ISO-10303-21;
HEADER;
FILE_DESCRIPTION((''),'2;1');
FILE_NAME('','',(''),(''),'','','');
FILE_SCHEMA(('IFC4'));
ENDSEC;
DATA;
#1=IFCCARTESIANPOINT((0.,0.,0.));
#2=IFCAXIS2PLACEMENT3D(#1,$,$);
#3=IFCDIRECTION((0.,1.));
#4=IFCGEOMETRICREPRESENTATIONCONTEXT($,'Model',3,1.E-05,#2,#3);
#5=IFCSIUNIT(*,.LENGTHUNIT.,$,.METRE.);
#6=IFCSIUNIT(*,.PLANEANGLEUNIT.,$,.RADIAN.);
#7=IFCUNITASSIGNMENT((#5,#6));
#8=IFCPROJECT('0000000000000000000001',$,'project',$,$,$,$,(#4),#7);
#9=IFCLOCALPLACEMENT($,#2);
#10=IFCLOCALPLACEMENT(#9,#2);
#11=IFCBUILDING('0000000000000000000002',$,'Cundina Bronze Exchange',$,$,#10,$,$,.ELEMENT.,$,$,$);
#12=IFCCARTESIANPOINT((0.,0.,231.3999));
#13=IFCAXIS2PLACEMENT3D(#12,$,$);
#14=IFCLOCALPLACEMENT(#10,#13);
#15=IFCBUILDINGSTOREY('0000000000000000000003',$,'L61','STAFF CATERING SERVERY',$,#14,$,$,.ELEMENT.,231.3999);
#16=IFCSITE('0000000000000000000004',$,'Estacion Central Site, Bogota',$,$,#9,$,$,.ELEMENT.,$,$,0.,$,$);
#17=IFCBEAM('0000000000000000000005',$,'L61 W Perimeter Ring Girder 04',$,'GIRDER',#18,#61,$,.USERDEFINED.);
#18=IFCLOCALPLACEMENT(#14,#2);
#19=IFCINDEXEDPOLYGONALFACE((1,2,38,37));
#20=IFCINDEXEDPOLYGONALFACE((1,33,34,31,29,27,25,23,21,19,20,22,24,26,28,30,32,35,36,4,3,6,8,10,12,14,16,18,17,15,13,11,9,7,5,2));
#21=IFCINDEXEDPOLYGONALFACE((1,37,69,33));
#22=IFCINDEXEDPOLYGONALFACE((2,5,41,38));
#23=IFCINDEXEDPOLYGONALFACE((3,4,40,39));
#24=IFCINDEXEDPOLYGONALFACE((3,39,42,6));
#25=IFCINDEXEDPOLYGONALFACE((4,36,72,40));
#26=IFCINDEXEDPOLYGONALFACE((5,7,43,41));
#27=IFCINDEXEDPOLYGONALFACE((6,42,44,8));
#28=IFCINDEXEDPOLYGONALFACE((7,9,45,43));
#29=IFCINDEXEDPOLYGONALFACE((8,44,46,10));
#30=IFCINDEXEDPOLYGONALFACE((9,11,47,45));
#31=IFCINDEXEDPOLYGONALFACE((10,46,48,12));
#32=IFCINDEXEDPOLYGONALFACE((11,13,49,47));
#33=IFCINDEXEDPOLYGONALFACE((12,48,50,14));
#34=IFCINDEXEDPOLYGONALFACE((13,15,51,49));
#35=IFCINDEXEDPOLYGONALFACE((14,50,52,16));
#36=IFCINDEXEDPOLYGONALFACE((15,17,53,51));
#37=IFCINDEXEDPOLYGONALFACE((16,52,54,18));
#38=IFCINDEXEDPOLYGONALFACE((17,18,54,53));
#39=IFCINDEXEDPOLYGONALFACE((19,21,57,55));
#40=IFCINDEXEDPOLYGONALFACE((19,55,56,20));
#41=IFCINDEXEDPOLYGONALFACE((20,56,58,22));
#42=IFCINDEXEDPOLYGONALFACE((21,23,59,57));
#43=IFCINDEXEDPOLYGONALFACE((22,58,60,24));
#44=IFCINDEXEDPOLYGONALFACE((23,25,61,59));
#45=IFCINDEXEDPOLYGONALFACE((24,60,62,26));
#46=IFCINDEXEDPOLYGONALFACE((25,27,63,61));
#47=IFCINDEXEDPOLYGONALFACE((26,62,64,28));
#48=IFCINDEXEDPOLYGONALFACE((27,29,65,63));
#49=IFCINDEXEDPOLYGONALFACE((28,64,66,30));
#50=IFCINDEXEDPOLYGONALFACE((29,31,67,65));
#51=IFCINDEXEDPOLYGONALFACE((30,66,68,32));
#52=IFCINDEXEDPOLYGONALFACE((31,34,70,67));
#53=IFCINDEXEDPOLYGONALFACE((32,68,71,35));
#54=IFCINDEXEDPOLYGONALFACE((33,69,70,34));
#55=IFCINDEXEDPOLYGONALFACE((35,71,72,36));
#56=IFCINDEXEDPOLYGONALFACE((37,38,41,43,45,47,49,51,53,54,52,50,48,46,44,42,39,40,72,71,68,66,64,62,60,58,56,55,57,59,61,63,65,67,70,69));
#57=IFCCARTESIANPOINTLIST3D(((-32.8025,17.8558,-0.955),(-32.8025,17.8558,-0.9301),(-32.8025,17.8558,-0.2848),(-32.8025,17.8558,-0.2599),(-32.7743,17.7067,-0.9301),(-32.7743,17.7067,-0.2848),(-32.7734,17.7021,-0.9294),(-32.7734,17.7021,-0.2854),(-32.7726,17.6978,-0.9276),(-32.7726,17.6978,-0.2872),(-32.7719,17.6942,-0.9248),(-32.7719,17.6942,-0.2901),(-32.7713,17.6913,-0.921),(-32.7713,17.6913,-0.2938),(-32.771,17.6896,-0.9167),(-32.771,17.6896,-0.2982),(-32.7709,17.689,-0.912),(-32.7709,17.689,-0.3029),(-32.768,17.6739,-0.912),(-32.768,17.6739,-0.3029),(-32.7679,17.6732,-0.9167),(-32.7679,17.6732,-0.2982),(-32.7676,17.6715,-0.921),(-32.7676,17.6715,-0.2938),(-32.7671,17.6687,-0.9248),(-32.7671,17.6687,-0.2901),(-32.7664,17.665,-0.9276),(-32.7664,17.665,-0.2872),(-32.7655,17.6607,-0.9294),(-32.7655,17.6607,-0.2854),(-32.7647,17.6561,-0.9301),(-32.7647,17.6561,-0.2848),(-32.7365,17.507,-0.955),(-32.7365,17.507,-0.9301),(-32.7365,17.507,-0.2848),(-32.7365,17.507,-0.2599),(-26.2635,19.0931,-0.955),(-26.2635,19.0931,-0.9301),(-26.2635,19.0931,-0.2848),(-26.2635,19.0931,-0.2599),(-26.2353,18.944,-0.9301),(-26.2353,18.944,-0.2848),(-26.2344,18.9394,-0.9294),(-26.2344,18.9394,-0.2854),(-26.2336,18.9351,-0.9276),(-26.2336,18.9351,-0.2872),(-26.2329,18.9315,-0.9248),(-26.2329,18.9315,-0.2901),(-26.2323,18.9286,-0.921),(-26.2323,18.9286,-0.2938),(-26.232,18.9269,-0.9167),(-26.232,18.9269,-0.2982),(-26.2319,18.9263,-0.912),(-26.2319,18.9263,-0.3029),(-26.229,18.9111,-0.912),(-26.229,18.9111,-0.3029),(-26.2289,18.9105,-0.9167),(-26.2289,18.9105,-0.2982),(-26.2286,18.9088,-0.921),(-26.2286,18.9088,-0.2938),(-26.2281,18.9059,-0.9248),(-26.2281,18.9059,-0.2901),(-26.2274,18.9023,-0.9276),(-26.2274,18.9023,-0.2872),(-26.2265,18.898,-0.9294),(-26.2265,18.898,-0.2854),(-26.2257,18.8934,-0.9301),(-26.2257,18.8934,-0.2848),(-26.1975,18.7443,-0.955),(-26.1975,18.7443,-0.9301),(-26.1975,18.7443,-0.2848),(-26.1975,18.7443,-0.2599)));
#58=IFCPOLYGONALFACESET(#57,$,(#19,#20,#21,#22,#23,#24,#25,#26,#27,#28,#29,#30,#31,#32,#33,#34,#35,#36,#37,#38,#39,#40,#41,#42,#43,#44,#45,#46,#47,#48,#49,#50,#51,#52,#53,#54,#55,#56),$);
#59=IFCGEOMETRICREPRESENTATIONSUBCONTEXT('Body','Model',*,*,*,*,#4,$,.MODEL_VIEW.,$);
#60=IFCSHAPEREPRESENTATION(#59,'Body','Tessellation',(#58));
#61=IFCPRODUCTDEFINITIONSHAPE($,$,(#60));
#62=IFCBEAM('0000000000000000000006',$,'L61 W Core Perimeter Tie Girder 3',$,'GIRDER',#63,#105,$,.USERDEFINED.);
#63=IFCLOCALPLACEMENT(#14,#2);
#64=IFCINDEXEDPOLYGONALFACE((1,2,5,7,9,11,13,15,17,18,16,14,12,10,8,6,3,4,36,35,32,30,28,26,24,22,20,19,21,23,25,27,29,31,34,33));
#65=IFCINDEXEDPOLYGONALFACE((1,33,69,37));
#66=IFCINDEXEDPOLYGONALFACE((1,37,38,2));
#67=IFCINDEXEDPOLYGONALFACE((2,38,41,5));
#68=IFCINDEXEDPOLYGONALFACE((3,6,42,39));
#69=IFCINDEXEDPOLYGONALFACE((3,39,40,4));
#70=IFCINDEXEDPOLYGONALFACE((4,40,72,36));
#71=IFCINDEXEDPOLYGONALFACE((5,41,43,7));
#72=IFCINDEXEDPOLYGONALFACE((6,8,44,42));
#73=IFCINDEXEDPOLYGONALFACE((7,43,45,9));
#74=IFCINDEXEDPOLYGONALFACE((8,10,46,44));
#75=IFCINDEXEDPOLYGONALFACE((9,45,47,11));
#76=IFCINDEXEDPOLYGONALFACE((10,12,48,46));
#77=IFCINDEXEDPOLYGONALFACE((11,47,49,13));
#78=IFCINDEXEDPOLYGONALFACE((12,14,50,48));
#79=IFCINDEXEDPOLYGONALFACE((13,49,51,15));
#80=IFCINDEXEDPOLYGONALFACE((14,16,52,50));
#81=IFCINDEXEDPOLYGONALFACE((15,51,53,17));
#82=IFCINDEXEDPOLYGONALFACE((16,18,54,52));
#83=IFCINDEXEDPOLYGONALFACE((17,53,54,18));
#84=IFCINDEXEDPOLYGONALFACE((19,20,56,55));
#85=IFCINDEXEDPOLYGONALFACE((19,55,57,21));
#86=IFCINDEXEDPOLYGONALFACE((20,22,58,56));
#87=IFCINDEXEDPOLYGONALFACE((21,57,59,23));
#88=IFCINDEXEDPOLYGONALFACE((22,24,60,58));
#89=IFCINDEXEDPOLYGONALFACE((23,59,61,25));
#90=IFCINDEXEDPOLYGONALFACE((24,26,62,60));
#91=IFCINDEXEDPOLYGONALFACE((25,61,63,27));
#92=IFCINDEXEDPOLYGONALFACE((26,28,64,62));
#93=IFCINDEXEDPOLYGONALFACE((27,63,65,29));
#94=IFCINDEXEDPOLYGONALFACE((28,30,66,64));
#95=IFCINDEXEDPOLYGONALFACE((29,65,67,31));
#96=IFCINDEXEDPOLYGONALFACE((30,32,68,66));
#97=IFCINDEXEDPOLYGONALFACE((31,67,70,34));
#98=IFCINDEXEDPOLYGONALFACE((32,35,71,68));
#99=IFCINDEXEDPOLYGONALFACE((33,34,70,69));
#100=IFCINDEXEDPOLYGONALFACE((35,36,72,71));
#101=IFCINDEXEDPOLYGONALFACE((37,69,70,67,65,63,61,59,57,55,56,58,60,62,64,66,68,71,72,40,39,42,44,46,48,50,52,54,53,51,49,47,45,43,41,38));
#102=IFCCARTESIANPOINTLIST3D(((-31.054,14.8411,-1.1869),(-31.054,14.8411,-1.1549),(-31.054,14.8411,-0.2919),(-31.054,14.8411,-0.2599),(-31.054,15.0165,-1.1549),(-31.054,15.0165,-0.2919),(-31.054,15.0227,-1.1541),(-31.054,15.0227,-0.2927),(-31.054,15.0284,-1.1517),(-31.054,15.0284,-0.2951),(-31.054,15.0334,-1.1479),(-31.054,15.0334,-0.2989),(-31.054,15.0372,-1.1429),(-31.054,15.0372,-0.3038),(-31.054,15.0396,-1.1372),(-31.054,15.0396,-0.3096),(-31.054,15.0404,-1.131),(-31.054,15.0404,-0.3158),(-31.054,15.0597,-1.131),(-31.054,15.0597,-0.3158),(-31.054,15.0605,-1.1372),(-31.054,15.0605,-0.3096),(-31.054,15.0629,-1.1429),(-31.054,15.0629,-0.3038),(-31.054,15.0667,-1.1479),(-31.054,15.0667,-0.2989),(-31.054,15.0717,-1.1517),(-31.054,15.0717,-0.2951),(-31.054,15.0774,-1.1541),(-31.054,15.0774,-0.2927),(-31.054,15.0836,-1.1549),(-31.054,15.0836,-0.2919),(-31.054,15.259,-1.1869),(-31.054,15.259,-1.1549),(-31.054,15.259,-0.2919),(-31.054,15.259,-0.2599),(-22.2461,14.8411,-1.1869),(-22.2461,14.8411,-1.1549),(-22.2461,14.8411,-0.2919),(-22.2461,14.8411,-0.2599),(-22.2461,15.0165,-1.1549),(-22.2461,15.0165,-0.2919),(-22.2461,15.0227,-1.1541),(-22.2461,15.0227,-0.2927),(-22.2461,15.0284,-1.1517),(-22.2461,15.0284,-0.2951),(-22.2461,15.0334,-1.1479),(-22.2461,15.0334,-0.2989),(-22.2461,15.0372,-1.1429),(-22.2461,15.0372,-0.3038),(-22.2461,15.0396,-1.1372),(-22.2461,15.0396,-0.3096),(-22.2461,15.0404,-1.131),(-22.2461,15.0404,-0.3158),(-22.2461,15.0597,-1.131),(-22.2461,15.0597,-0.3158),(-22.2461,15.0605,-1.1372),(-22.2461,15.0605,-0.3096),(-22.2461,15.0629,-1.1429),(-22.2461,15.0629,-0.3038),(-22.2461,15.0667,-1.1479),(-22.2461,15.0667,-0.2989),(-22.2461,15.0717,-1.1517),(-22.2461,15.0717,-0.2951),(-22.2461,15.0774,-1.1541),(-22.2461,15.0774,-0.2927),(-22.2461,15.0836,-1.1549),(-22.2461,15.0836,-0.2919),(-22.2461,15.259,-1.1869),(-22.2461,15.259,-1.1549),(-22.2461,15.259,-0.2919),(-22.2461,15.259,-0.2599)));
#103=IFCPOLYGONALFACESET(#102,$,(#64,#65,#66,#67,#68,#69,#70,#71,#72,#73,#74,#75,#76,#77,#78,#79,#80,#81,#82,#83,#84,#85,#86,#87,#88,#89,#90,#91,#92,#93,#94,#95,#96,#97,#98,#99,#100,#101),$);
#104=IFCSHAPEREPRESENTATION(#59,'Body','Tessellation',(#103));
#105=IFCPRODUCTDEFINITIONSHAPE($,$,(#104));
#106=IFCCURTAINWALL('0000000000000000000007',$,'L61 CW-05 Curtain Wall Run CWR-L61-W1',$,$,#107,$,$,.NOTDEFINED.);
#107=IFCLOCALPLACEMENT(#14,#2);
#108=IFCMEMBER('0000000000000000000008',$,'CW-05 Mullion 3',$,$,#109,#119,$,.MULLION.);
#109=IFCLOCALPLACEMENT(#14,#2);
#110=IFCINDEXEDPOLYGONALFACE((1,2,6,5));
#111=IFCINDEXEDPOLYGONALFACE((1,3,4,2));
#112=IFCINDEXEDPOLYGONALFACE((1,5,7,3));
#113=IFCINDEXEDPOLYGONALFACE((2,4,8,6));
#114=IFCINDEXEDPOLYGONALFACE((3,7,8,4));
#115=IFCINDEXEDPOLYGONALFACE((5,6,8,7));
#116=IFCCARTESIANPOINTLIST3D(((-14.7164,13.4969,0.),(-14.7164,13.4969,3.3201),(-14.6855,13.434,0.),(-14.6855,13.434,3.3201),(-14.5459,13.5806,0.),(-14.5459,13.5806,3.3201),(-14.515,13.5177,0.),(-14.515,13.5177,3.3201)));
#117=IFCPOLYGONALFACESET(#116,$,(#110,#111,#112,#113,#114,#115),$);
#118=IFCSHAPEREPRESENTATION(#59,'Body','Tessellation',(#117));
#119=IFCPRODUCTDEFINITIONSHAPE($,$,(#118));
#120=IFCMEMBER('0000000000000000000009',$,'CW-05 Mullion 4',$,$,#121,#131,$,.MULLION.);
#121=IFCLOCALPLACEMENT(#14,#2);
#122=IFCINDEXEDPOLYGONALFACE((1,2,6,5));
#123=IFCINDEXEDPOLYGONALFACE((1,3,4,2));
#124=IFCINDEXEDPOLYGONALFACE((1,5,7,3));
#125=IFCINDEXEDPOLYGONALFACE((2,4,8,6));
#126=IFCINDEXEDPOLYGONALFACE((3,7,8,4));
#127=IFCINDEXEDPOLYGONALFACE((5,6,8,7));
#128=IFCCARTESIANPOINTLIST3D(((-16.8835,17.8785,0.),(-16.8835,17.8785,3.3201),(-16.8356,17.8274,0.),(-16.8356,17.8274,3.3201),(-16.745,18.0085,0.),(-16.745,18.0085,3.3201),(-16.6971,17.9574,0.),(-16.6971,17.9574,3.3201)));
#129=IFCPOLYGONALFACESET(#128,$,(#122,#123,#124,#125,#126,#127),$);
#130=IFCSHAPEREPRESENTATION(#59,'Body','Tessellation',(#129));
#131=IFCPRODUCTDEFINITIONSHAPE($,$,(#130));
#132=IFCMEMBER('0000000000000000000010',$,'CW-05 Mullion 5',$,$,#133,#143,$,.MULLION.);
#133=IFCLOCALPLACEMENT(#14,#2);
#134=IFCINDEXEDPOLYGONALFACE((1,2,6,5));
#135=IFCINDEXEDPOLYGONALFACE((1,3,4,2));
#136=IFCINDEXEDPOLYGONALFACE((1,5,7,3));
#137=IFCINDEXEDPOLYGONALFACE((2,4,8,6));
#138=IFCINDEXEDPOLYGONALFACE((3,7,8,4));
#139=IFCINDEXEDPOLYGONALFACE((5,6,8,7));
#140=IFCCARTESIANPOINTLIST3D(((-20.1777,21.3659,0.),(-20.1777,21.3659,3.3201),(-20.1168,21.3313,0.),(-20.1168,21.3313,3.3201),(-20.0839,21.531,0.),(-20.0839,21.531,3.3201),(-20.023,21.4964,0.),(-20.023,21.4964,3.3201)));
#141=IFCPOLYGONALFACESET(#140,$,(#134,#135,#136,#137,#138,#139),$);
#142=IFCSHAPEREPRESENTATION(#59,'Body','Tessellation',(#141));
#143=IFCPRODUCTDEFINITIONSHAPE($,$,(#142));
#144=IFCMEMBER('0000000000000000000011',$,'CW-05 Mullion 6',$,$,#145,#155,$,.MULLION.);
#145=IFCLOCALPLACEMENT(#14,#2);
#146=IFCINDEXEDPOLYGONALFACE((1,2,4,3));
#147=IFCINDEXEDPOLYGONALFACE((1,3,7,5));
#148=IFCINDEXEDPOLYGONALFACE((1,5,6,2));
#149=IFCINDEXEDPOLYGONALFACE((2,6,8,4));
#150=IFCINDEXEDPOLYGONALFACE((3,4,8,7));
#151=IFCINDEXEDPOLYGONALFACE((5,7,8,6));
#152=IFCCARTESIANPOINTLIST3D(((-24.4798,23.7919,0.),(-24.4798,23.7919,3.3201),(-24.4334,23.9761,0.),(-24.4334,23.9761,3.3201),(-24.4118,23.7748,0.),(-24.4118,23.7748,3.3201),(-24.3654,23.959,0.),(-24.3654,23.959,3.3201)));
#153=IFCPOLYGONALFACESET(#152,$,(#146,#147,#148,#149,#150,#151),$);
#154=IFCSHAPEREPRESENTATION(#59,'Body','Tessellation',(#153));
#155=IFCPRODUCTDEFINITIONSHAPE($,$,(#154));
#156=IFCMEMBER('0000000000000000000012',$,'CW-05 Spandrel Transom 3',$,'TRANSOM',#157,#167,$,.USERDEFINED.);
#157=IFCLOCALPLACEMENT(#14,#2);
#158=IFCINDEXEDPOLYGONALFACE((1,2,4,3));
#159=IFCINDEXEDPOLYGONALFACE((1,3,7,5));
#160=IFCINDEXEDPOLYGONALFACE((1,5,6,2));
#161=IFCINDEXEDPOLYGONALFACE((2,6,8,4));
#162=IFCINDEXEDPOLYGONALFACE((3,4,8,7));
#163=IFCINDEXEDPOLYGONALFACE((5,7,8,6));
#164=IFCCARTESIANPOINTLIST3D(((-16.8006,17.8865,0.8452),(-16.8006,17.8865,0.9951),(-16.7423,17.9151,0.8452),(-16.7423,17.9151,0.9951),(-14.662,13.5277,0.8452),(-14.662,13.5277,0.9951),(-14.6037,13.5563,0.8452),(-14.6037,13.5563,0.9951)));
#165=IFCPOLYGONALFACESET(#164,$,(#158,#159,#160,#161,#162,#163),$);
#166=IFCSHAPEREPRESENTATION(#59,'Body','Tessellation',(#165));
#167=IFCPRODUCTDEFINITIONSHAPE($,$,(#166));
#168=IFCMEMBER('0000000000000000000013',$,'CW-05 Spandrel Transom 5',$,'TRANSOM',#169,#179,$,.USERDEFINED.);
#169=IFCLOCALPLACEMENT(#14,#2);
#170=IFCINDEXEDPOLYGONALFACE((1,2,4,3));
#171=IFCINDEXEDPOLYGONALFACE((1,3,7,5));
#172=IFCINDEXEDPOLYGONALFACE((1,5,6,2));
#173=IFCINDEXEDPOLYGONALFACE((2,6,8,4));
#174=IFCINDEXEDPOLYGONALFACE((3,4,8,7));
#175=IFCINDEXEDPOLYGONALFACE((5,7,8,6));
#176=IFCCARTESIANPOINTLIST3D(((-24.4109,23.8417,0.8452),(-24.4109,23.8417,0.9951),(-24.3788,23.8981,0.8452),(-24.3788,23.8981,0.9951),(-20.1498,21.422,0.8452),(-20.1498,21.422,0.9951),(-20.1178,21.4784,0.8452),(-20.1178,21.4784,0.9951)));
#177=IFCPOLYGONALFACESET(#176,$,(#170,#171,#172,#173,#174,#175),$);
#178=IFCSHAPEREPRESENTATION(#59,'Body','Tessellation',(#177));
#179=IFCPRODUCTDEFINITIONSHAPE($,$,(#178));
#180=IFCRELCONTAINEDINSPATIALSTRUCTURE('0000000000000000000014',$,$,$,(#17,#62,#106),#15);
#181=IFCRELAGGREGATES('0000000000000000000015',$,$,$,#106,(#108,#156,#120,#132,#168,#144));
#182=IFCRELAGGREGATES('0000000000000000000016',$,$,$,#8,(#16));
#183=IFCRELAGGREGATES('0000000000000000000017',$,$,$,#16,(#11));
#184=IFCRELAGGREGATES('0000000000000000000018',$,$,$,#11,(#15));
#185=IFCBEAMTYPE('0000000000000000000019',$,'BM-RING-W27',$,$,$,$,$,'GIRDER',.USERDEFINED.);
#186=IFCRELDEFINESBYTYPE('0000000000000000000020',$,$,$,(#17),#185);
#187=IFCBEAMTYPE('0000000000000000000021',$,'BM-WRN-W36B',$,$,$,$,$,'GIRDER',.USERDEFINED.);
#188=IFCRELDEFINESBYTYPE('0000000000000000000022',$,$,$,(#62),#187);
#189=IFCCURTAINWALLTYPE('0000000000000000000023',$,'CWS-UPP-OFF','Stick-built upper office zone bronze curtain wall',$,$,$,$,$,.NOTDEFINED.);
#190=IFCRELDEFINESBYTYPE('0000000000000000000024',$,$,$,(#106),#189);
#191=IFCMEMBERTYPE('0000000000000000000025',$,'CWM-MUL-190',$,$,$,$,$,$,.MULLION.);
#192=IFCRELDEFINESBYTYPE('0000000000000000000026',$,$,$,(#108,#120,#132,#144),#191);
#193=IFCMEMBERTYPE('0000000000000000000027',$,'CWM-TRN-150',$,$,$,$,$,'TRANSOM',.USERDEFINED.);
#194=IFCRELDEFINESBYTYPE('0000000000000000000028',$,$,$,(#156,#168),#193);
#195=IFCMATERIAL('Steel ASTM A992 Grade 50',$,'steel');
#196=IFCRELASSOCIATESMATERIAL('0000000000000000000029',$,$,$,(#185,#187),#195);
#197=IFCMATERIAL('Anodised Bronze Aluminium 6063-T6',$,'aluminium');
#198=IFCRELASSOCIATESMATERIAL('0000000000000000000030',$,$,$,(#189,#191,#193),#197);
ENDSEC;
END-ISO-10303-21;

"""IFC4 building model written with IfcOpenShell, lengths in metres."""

from ifc_helpers import new_model, si_unit, direction, frame, origin, origin_2d, place, context, subcontext, project, spatial, rectangle, i_section, extrude, material, material_profile, profile_set, type_object, element, aggregate, save


model = new_model("IFC4")

# Units and contexts
model_context = context("Model", 3, precision=1e-05, world=origin(), true_north=direction((0.0, 1.0)))
body_context = subcontext(model_context, "Body", "Model", "MODEL_VIEW")
ifc_project = project(units=[si_unit("LENGTHUNIT", "METRE"), si_unit("PLANEANGLEUNIT", "RADIAN")], contexts=[model_context])

# Site, building, storey
site_placement = place(None, origin())
site = spatial("IfcSite", under=ifc_project, at=site_placement, Name="Estacion Central Site, Bogota", CompositionType="ELEMENT", RefElevation=0.0)
building_placement = place(site_placement, origin())
building = spatial("IfcBuilding", under=site, at=building_placement, Name="Cundina Bronze Exchange", CompositionType="ELEMENT")
storey_placement = place(building_placement, frame((0.0, 0.0, 231.3999)))
storey = spatial("IfcBuildingStorey", under=building, at=storey_placement, Name="L61", Description="STAFF CATERING SERVERY", CompositionType="ELEMENT", Elevation=231.3999)

# Shared definitions
ifc_material_1 = material(Name="Steel ASTM A992 Grade 50", Category="steel")

# Beams
ifc_material_profile_1 = material_profile(ifc_material_1, i_section(OverallWidth=0.355, OverallDepth=0.6951, WebThickness=0.0154, FlangeThickness=0.0249, FilletRadius=0.0181, at=origin_2d()), Name="W27X146", Category="steel")
ifc_profile_set_1 = profile_set([ifc_material_profile_1], Name="Steel ASTM A992 Grade 50")
beam_type_1 = type_object("IfcBeamType", Name="BM-RING-W27", ElementType="GIRDER", PredefinedType="USERDEFINED", material=ifc_profile_set_1)
beam_1_placement = place(storey_placement, frame((-26.2305, 18.9187, -0.6074), z_axis=(-0.982565, -0.185918, 0.0), x_axis=(0.185918, -0.982565, 0.0)))
element("IfcBeam", 1, at=beam_1_placement, inside=storey, type_object=beam_type_1, Name="L61 W Perimeter Ring Girder 04", ObjectType="GIRDER", PredefinedType="USERDEFINED", context=body_context, shape_type="SweptSolid", body=[
    extrude(i_section(OverallWidth=0.355, OverallDepth=0.6951, WebThickness=0.0154, FlangeThickness=0.0249, FilletRadius=0.0181, at=origin_2d()), origin(), (0.0, 0.0, 1.0), 6.655),
])
ifc_material_profile_2 = material_profile(ifc_material_1, i_section(OverallWidth=0.418, OverallDepth=0.927, WebThickness=0.0193, FlangeThickness=0.032, FilletRadius=0.0239, at=origin_2d()), Name="W36X231", Category="steel")
ifc_profile_set_2 = profile_set([ifc_material_profile_2], Name="Steel ASTM A992 Grade 50")
beam_type_2 = type_object("IfcBeamType", Name="BM-WRN-W36B", ElementType="GIRDER", PredefinedType="USERDEFINED", material=ifc_profile_set_2)
beam_2_placement = place(storey_placement, frame((-22.2461, 15.05, -0.7234), z_axis=(-1.0, 0.0, 0.0), x_axis=(0.0, -1.0, 0.0)))
element("IfcBeam", 2, at=beam_2_placement, inside=storey, type_object=beam_type_2, Name="L61 W Core Perimeter Tie Girder 3", ObjectType="GIRDER", PredefinedType="USERDEFINED", context=body_context, shape_type="SweptSolid", body=[
    extrude(i_section(OverallWidth=0.418, OverallDepth=0.927, WebThickness=0.0193, FlangeThickness=0.032, FilletRadius=0.0239, at=origin_2d()), origin(), (0.0, 0.0, 1.0), 8.8079),
])

# Curtain wall, members
ifc_material_2 = material(Name="Anodised Bronze Aluminium 6063-T6", Category="aluminium")
curtain_wall_type = type_object("IfcCurtainWallType", Name="CWS-UPP-OFF", Description="Stick-built upper office zone bronze curtain wall", PredefinedType="NOTDEFINED", material=ifc_material_2)
curtain_wall_placement = place(storey_placement, origin())
curtain_wall = element("IfcCurtainWall", 3, at=curtain_wall_placement, inside=storey, type_object=curtain_wall_type, Name="L61 CW-05 Curtain Wall Run CWR-L61-W1", PredefinedType="NOTDEFINED")
ifc_material_profile_3 = material_profile(ifc_material_2, rectangle(XDim=0.0701, YDim=0.1899, at=origin_2d()), Name="AL70X190", Category="aluminium")
ifc_profile_set_3 = profile_set([ifc_material_profile_3], Name="Anodised Bronze Aluminium 6063-T6")
member_type_1 = type_object("IfcMemberType", Name="CWM-MUL-190", PredefinedType="MULLION", material=ifc_profile_set_3)
member_1_placement = place(storey_placement, frame((-14.6157, 13.5073, 0.0), z_axis=(0.0, 0.0, 1.0), x_axis=(-0.440566, 0.89772, 0.0)))
member_1 = element("IfcMember", 4, at=member_1_placement, type_object=member_type_1, Name="CW-05 Mullion 3", PredefinedType="MULLION", context=body_context, shape_type="SweptSolid", body=[
    extrude(rectangle(XDim=0.0701, YDim=0.1899, at=origin_2d()), origin(), (0.0, 0.0, 1.0), 3.3201),
])
member_2_placement = place(storey_placement, frame((-16.7903, 17.918, 0.0), z_axis=(0.0, 0.0, 1.0), x_axis=(-0.684293, 0.729208, 0.0)))
member_2 = element("IfcMember", 5, at=member_2_placement, type_object=member_type_1, Name="CW-05 Mullion 4", PredefinedType="MULLION", context=body_context, shape_type="SweptSolid", body=[
    extrude(rectangle(XDim=0.0701, YDim=0.1899, at=origin_2d()), origin(), (0.0, 0.0, 1.0), 3.3201),
])
member_3_placement = place(storey_placement, frame((-20.1003, 21.4312, 0.0), z_axis=(0.0, 0.0, 1.0), x_axis=(-0.869581, 0.49379, 0.0)))
member_3 = element("IfcMember", 6, at=member_3_placement, type_object=member_type_1, Name="CW-05 Mullion 5", PredefinedType="MULLION", context=body_context, shape_type="SweptSolid", body=[
    extrude(rectangle(XDim=0.0701, YDim=0.1899, at=origin_2d()), origin(), (0.0, 0.0, 1.0), 3.3201),
])
member_4_placement = place(storey_placement, frame((-24.4226, 23.8755, 0.0), z_axis=(0.0, 0.0, 1.0), x_axis=(-0.969744, 0.244123, 0.0)))
member_4 = element("IfcMember", 7, at=member_4_placement, type_object=member_type_1, Name="CW-05 Mullion 6", PredefinedType="MULLION", context=body_context, shape_type="SweptSolid", body=[
    extrude(rectangle(XDim=0.0701, YDim=0.1899, at=origin_2d()), origin(), (0.0, 0.0, 1.0), 3.3201),
])
ifc_material_profile_4 = material_profile(ifc_material_2, rectangle(XDim=0.0649, YDim=0.1499, at=origin_2d()), Name="AL65X150", Category="aluminium")
ifc_profile_set_4 = profile_set([ifc_material_profile_4], Name="Anodised Bronze Aluminium 6063-T6")
member_type_2 = type_object("IfcMemberType", Name="CWM-TRN-150", ElementType="TRANSOM", PredefinedType="USERDEFINED", material=ifc_profile_set_4)
member_5_placement = place(storey_placement, frame((-14.6328, 13.542, 0.9202), z_axis=(-0.440483, 0.897761, 0.0), x_axis=(-0.897761, -0.440483, 0.0)))
member_5 = element("IfcMember", 8, at=member_5_placement, type_object=member_type_2, Name="CW-05 Spandrel Transom 3", ObjectType="TRANSOM", PredefinedType="USERDEFINED", context=body_context, shape_type="SweptSolid", body=[
    extrude(rectangle(XDim=0.0649, YDim=0.1499, at=origin_2d()), origin(), (0.0, 0.0, 1.0), 4.8552),
])
member_6_placement = place(storey_placement, frame((-20.1338, 21.4502, 0.9202), z_axis=(-0.869574, 0.493803, 0.0), x_axis=(-0.493803, -0.869574, 0.0)))
member_6 = element("IfcMember", 9, at=member_6_placement, type_object=member_type_2, Name="CW-05 Spandrel Transom 5", ObjectType="TRANSOM", PredefinedType="USERDEFINED", context=body_context, shape_type="SweptSolid", body=[
    extrude(rectangle(XDim=0.0649, YDim=0.1499, at=origin_2d()), origin(), (0.0, 0.0, 1.0), 4.9001),
])
aggregate(curtain_wall, [member_1, member_5, member_2, member_3, member_6, member_4])

save(model, "model.ifc")
